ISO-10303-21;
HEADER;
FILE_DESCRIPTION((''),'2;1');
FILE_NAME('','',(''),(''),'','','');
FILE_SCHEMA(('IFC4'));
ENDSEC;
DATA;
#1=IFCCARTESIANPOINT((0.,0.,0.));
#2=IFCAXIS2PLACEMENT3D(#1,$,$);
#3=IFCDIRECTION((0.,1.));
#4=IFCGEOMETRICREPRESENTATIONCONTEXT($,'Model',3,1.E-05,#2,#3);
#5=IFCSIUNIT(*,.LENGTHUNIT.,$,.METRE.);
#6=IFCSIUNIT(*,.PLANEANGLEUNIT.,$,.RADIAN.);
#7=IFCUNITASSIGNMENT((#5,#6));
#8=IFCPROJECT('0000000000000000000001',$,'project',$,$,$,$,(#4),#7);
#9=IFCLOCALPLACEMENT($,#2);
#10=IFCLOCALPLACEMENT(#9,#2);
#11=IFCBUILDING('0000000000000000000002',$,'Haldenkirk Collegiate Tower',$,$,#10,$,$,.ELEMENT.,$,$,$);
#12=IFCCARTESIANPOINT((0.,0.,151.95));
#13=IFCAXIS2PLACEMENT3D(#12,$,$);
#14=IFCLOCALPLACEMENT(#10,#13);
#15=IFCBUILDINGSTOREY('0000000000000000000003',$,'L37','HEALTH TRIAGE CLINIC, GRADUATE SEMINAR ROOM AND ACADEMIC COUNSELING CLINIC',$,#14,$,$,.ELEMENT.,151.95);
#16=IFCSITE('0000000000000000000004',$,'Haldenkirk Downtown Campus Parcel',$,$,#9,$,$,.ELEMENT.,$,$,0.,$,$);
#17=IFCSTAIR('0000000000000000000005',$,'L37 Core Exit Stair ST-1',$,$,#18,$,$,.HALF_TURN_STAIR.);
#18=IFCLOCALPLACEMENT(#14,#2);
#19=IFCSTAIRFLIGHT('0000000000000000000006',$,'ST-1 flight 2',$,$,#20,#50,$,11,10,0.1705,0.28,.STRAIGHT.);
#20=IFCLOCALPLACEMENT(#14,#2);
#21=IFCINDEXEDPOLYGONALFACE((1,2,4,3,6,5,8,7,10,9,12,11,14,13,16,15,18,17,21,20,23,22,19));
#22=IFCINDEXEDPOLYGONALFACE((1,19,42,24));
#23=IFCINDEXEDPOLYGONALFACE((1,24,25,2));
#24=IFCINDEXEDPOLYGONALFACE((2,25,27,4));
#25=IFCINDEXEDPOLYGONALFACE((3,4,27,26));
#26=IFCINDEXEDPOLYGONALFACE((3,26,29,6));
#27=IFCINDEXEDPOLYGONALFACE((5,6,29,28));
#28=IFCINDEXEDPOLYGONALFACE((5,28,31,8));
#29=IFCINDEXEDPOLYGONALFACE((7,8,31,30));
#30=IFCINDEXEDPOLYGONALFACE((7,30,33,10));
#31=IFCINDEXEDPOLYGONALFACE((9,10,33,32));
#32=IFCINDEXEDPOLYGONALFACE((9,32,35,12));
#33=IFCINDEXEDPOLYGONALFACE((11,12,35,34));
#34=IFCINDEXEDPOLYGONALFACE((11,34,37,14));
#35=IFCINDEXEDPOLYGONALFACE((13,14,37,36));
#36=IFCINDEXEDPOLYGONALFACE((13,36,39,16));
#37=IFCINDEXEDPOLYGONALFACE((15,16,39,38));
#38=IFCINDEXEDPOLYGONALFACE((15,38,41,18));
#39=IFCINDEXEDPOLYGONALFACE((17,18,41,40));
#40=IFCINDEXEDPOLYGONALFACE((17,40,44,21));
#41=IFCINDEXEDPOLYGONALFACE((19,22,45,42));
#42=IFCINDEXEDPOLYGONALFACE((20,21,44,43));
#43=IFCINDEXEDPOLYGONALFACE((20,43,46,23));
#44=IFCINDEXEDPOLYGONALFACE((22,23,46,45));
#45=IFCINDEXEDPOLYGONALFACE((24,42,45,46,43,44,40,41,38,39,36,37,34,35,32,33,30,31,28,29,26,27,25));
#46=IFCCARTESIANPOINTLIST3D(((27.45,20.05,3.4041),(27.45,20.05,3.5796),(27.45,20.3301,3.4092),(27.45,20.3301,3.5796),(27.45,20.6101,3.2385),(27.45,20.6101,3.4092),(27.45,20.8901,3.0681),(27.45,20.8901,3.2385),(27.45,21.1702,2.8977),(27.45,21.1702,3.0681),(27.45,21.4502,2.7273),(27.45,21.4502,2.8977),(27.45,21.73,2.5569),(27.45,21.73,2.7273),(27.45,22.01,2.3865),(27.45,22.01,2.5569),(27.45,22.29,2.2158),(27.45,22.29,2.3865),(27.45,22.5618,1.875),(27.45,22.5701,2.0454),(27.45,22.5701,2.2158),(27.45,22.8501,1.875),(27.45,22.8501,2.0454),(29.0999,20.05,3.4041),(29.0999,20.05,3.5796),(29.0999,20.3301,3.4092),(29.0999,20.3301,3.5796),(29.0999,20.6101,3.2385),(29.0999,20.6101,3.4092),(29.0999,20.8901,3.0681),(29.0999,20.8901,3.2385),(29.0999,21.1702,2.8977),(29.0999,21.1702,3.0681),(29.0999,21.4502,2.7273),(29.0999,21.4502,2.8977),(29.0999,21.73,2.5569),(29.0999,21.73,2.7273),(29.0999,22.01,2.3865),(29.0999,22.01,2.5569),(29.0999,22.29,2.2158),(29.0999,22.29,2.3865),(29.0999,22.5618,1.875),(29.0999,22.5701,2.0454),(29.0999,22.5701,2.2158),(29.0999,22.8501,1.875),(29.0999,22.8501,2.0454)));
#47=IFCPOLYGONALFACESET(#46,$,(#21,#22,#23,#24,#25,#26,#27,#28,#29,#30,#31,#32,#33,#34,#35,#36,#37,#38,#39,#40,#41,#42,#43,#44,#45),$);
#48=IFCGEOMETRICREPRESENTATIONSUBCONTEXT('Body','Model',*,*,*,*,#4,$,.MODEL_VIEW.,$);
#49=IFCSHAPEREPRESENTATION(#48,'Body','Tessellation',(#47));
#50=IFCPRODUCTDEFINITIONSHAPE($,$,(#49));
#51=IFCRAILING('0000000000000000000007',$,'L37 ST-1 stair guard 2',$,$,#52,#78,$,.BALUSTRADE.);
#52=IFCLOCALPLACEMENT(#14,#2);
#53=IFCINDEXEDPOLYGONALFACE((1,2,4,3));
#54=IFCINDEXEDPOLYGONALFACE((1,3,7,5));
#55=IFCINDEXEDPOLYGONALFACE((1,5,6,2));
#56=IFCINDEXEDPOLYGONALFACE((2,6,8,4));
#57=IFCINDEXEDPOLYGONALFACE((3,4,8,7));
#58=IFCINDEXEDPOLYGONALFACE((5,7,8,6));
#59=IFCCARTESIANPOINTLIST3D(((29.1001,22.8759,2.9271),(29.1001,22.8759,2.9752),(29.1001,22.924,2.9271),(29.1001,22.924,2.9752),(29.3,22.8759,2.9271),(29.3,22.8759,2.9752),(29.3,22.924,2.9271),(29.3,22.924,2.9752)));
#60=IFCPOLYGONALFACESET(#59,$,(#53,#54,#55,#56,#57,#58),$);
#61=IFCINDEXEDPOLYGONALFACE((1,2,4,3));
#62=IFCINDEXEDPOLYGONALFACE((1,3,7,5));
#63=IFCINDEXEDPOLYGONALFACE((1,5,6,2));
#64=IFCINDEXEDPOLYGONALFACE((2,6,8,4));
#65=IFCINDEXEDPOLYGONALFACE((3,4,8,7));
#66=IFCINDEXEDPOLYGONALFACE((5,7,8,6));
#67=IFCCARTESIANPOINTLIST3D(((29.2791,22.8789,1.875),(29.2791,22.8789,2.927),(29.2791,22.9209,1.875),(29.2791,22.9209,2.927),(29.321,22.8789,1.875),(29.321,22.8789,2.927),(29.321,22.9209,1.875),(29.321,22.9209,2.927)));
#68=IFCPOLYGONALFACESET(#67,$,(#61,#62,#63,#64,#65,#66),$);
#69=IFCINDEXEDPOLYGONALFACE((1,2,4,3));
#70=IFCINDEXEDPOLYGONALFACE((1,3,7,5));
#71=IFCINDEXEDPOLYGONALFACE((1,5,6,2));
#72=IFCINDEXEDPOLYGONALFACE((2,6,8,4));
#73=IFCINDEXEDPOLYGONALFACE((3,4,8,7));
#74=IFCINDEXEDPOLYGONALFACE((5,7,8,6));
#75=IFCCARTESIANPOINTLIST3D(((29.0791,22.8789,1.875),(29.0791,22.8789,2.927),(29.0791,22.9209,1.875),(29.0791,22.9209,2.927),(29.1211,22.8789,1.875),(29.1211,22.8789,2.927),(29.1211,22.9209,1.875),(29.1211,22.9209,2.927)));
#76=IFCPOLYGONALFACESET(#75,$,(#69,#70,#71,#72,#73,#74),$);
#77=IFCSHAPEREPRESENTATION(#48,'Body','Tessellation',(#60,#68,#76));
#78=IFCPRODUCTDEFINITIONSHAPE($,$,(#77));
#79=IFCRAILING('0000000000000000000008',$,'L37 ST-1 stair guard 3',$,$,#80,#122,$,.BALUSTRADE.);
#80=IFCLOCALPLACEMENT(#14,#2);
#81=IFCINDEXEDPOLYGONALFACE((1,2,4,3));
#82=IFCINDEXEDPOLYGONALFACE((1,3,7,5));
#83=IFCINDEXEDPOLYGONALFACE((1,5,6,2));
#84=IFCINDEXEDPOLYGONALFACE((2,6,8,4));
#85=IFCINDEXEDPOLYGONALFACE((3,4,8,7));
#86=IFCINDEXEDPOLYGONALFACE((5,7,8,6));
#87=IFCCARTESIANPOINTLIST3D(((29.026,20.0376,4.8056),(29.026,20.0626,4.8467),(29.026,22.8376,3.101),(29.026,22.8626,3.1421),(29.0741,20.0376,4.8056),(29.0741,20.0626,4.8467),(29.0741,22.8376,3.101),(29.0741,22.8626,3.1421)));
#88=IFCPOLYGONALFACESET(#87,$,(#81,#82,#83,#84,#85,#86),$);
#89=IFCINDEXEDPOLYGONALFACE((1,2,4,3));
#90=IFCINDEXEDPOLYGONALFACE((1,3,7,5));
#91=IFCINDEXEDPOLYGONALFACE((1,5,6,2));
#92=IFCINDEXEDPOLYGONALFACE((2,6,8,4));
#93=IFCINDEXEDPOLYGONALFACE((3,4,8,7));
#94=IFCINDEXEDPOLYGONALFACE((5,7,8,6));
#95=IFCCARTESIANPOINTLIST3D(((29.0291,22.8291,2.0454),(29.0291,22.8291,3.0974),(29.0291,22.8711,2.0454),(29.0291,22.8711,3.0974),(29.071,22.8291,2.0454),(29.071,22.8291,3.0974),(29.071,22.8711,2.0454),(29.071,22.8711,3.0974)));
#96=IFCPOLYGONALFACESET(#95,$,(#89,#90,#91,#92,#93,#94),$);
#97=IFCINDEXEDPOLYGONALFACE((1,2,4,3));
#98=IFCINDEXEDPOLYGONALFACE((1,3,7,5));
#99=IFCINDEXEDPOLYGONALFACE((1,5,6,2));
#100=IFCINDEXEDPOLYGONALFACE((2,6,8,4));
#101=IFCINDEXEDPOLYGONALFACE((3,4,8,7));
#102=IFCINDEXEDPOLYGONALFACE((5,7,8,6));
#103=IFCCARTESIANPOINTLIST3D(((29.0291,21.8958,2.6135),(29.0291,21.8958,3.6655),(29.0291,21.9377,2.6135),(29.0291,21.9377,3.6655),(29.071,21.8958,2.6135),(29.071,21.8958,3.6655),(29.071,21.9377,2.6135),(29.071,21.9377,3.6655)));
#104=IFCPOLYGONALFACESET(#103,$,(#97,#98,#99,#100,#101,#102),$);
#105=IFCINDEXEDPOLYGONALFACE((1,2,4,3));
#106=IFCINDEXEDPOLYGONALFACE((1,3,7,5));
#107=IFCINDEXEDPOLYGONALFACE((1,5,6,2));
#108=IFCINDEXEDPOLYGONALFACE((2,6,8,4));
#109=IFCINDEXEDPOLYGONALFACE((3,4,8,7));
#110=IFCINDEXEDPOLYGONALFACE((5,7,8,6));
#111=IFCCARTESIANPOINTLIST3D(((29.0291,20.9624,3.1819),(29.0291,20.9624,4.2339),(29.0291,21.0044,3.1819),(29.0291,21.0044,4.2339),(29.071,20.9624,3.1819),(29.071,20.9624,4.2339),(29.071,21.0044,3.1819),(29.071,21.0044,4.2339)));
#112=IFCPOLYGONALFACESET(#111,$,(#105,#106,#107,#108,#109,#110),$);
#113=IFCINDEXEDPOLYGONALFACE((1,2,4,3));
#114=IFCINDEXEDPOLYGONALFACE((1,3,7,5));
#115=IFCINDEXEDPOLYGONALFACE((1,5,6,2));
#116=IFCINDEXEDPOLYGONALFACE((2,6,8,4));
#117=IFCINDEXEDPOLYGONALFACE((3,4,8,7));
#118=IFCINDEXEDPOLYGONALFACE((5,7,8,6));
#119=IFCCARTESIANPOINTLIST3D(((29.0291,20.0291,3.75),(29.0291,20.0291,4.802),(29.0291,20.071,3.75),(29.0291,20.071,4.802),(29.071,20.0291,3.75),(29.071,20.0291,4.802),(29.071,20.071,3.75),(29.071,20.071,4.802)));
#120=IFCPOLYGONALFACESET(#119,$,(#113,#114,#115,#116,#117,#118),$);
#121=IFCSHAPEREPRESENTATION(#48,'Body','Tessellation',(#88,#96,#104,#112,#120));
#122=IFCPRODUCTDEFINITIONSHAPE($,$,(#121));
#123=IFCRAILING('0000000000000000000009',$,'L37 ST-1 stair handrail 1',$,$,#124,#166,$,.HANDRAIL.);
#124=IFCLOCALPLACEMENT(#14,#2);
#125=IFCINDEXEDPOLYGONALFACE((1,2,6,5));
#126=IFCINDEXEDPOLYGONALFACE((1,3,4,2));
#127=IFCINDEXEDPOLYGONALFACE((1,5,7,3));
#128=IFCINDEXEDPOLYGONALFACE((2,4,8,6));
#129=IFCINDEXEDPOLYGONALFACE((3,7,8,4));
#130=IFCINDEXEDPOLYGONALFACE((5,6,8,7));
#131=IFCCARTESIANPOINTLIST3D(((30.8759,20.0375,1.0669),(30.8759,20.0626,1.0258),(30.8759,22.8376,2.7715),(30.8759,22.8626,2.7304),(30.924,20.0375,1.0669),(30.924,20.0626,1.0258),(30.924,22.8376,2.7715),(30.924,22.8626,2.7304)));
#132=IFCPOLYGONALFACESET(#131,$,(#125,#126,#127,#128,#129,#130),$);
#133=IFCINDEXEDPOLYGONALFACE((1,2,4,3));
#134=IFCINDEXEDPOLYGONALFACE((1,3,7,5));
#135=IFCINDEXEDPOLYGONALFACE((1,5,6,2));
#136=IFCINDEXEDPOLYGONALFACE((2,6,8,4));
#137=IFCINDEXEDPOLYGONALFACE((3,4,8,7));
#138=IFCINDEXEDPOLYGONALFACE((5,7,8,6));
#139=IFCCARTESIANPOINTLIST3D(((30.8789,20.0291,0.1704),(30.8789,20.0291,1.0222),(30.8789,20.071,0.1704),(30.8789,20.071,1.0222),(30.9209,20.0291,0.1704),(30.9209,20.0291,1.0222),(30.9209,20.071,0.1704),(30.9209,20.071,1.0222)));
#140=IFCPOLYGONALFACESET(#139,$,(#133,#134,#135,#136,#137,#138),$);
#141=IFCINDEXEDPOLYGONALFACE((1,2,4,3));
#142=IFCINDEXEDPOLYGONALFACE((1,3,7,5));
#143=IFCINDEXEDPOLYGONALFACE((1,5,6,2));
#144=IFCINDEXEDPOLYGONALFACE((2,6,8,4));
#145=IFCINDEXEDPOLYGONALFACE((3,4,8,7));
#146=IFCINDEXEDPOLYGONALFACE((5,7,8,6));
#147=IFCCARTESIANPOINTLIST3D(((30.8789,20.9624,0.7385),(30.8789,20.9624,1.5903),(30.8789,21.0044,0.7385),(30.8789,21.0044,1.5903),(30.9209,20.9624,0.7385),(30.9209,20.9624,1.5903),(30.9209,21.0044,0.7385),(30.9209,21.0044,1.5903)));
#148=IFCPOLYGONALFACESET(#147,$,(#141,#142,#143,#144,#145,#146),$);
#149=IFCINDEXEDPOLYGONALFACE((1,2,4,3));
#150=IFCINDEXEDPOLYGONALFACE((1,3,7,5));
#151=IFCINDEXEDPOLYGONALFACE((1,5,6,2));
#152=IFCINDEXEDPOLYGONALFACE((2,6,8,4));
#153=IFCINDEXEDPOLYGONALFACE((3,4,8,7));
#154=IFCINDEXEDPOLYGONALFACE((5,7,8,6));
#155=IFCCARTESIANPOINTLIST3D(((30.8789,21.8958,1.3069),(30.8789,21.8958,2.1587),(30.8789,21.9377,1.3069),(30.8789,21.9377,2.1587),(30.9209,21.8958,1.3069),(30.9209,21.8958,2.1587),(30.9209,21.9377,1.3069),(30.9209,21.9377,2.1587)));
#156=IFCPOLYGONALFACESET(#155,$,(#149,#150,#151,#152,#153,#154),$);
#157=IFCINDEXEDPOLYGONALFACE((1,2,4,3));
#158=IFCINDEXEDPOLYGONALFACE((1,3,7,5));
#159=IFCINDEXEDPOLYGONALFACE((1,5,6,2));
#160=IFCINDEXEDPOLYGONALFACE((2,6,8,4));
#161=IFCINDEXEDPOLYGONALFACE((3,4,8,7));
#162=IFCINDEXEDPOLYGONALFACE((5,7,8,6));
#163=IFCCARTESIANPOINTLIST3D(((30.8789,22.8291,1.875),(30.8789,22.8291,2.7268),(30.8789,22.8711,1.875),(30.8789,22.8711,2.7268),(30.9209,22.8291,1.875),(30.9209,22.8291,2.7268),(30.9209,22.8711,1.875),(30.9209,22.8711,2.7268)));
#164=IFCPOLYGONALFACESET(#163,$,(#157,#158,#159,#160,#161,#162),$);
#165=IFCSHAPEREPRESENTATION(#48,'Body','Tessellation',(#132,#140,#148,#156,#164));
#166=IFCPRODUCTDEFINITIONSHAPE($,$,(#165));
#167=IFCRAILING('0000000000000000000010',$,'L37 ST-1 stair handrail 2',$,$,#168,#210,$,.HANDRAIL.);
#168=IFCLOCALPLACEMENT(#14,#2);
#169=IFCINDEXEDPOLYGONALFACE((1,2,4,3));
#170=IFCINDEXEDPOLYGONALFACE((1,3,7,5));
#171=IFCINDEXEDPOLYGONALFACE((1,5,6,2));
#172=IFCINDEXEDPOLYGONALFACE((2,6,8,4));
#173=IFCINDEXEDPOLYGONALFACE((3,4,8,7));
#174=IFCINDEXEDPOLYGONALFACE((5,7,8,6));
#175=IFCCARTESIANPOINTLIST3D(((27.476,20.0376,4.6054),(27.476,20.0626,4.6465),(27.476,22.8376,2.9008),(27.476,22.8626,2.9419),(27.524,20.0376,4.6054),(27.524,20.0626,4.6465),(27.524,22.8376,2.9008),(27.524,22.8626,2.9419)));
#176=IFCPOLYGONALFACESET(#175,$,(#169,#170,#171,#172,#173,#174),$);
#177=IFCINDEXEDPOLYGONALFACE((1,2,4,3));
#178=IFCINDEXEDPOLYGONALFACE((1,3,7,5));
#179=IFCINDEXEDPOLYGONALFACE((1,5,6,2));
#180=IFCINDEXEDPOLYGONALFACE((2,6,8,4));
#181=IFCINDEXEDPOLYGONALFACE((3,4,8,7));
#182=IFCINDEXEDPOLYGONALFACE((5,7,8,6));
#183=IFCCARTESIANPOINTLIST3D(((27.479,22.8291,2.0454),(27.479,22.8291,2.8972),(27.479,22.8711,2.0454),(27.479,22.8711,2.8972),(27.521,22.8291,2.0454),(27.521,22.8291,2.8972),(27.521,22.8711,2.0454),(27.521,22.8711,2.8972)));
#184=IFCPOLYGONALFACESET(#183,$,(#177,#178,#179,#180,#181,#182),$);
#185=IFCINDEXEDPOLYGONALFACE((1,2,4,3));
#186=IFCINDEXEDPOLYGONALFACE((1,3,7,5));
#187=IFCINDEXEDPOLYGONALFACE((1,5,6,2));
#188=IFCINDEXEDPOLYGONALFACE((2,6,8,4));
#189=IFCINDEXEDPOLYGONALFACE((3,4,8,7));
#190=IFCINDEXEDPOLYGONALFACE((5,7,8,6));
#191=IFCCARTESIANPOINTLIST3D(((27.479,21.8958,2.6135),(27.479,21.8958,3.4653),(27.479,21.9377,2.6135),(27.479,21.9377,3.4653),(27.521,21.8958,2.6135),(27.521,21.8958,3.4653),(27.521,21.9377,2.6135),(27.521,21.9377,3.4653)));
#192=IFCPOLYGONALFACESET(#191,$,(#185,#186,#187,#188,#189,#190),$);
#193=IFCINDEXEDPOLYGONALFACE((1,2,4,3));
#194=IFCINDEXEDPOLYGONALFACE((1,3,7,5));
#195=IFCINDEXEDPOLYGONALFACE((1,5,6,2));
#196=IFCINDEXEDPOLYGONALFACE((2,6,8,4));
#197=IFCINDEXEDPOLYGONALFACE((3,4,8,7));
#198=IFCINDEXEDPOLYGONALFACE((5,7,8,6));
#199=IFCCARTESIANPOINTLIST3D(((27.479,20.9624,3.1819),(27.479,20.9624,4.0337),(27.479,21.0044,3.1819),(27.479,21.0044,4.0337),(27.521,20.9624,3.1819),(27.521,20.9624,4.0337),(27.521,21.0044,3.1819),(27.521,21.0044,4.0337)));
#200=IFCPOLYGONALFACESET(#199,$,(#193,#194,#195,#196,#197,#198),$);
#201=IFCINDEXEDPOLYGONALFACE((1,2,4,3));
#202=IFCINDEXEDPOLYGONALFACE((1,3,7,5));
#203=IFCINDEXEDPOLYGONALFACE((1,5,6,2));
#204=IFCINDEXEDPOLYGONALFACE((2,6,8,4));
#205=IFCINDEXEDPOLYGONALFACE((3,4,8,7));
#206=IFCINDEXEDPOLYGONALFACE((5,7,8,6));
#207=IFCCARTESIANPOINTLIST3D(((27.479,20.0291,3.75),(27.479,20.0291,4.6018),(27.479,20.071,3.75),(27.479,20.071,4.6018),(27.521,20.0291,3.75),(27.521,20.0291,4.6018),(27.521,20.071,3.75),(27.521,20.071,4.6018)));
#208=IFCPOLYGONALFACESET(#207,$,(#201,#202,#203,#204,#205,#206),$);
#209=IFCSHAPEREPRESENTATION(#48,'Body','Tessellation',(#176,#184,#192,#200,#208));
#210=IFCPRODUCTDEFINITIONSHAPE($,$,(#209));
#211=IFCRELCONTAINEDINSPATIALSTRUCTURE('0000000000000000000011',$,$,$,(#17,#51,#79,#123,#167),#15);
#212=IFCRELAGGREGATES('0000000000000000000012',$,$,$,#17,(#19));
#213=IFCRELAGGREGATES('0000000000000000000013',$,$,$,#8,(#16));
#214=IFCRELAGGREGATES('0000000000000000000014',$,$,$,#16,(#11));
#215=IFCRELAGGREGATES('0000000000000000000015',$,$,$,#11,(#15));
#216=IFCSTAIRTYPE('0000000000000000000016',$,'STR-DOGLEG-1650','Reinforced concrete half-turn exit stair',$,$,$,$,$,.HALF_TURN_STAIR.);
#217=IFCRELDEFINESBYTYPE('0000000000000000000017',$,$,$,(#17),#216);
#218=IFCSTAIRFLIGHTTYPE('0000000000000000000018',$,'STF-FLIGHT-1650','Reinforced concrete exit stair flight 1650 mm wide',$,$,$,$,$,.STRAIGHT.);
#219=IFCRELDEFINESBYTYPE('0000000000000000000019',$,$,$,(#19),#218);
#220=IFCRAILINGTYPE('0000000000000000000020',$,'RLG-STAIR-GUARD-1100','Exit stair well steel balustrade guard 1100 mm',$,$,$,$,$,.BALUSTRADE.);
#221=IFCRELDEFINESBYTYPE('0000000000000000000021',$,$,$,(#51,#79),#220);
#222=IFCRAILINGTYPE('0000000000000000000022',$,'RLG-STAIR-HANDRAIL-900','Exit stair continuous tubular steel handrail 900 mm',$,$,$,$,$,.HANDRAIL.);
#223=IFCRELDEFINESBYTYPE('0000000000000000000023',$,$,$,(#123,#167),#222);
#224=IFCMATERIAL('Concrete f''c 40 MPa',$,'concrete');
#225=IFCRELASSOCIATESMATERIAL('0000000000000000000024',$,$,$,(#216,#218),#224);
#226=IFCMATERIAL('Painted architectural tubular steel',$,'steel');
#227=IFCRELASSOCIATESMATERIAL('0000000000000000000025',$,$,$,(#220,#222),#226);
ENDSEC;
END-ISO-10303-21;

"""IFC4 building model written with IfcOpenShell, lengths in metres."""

from ifc_helpers import new_model, si_unit, direction, frame, origin, origin_2d, place, context, subcontext, project, spatial, polyline, rectangle, outline, extrude, material, type_object, element, aggregate, save


model = new_model("IFC4")

# Units and contexts
model_context = context("Model", 3, precision=1e-05, world=origin(), true_north=direction((0.0, 1.0)))
body_context = subcontext(model_context, "Body", "Model", "MODEL_VIEW")
ifc_project = project(units=[si_unit("LENGTHUNIT", "METRE"), si_unit("PLANEANGLEUNIT", "RADIAN")], contexts=[model_context])

# Site, building, storey
site_placement = place(None, origin())
site = spatial("IfcSite", under=ifc_project, at=site_placement, Name="Haldenkirk Downtown Campus Parcel", CompositionType="ELEMENT", RefElevation=0.0)
building_placement = place(site_placement, origin())
building = spatial("IfcBuilding", under=site, at=building_placement, Name="Haldenkirk Collegiate Tower", CompositionType="ELEMENT")
storey_placement = place(building_placement, frame((0.0, 0.0, 151.95)))
storey = spatial("IfcBuildingStorey", under=building, at=storey_placement, Name="L37", Description="HEALTH TRIAGE CLINIC, GRADUATE SEMINAR ROOM AND ACADEMIC COUNSELING CLINIC", CompositionType="ELEMENT", Elevation=151.95)

# Stair, stair flight
ifc_material_1 = material(Name="Concrete f'c 40 MPa", Category="concrete")
stair_type = type_object("IfcStairType", Name="STR-DOGLEG-1650", Description="Reinforced concrete half-turn exit stair", PredefinedType="HALF_TURN_STAIR", material=ifc_material_1)
stair_placement = place(storey_placement, origin())
stair = element("IfcStair", 1, at=stair_placement, inside=storey, type_object=stair_type, Name="L37 Core Exit Stair ST-1", PredefinedType="HALF_TURN_STAIR")
stair_flight_type = type_object("IfcStairFlightType", Name="STF-FLIGHT-1650", Description="Reinforced concrete exit stair flight 1650 mm wide", PredefinedType="STRAIGHT", material=ifc_material_1)
stair_flight_1_placement = place(storey_placement, frame((28.2749, 22.8501, 1.875), z_axis=(0.0, 0.0, 1.0), x_axis=(0.0, -1.0, 0.0)))
stair_flight_1 = element("IfcStairFlight", 2, at=stair_flight_1_placement, type_object=stair_flight_type, Name="ST-1 flight 2", NumberOfRisers=11, NumberOfTreads=10, PredefinedType="STRAIGHT", RiserHeight=0.1705, TreadLength=0.28, context=body_context, shape_type="SweptSolid", body=[
    extrude(outline(polyline([(0.0, 0.0), (0.0, 0.1704), (0.28, 0.1704), (0.28, 0.3408), (0.5601, 0.3408), (0.5601, 0.5115), (0.8401, 0.5115), (0.8401, 0.6819), (1.1201, 0.6819), (1.1201, 0.8523), (1.3999, 0.8523), (1.3999, 1.0227), (1.6799, 1.0227), (1.6799, 1.1931), (1.96, 1.1931), (1.96, 1.3635), (2.24, 1.3635), (2.24, 1.5342), (2.52, 1.5342), (2.52, 1.7046), (2.8, 1.7046), (2.8, 1.875), (2.8, 1.5291), (0.2883, 0.0), (0.0, 0.0)])), frame((0.0, 0.825, 0.0), z_axis=(0.0, -1.0, 0.0), x_axis=(1.0, 0.0, 0.0)), (0.0, 0.0, 1.0), 1.6499),
])
aggregate(stair, [stair_flight_1])

# Railings
ifc_material_2 = material(Name="Painted architectural tubular steel", Category="steel")
railing_type_1 = type_object("IfcRailingType", Name="RLG-STAIR-GUARD-1100", Description="Exit stair well steel balustrade guard 1100 mm", PredefinedType="BALUSTRADE", material=ifc_material_2)
railing_1_placement = place(storey_placement, frame((29.3, 22.8999, 1.875)))
element("IfcRailing", 3, at=railing_1_placement, inside=storey, type_object=railing_type_1, Name="L37 ST-1 stair guard 2", PredefinedType="BALUSTRADE", context=body_context, shape_type="SweptSolid", body=[
    extrude(rectangle(XDim=0.0481, YDim=0.0481, at=origin_2d()), frame((0.0, 0.0, 1.0762), z_axis=(-1.0, 0.0, 0.0), x_axis=(0.0, -1.0, 0.0)), (0.0, 0.0, 1.0), 0.2),
    extrude(rectangle(XDim=0.042, YDim=0.042, at=origin_2d()), origin(), (0.0, 0.0, 1.0), 1.052),
    extrude(rectangle(XDim=0.042, YDim=0.042, at=origin_2d()), frame((-0.2, 0.0, 0.0)), (0.0, 0.0, 1.0), 1.052),
])
railing_2_placement = place(storey_placement, frame((29.05, 22.8501, 2.0454)))
element("IfcRailing", 4, at=railing_2_placement, inside=storey, type_object=railing_type_1, Name="L37 ST-1 stair guard 3", PredefinedType="BALUSTRADE", context=body_context, shape_type="SweptSolid", body=[
    extrude(rectangle(XDim=0.0481, YDim=0.0481, at=origin_2d()), frame((0.0, 0.0, 1.0762), z_axis=(0.0, -0.85417, 0.519994), x_axis=(1.0, 0.0, 0.0)), (0.0, 0.0, 1.0), 3.2781),
    extrude(rectangle(XDim=0.042, YDim=0.042, at=origin_2d()), origin(), (0.0, 0.0, 1.0), 1.052),
    extrude(rectangle(XDim=0.042, YDim=0.042, at=origin_2d()), frame((0.0, -0.9333, 0.5681)), (0.0, 0.0, 1.0), 1.052),
    extrude(rectangle(XDim=0.042, YDim=0.042, at=origin_2d()), frame((0.0, -1.8667, 1.1365)), (0.0, 0.0, 1.0), 1.052),
    extrude(rectangle(XDim=0.042, YDim=0.042, at=origin_2d()), frame((0.0, -2.8, 1.7046)), (0.0, 0.0, 1.0), 1.052),
])
railing_type_2 = type_object("IfcRailingType", Name="RLG-STAIR-HANDRAIL-900", Description="Exit stair continuous tubular steel handrail 900 mm", PredefinedType="HANDRAIL", material=ifc_material_2)
railing_3_placement = place(storey_placement, frame((30.8999, 20.05, 0.1704)))
element("IfcRailing", 5, at=railing_3_placement, inside=storey, type_object=railing_type_2, Name="L37 ST-1 stair handrail 1", PredefinedType="HANDRAIL", context=body_context, shape_type="SweptSolid", body=[
    extrude(rectangle(XDim=0.0481, YDim=0.0481, at=origin_2d()), frame((0.0, 0.0, 0.876), z_axis=(0.0, 0.85417, 0.519994), x_axis=(-1.0, 0.0, 0.0)), (0.0, 0.0, 1.0), 3.2781),
    extrude(rectangle(XDim=0.042, YDim=0.042, at=origin_2d()), origin(), (0.0, 0.0, 1.0), 0.8518),
    extrude(rectangle(XDim=0.042, YDim=0.042, at=origin_2d()), frame((0.0, 0.9333, 0.5681)), (0.0, 0.0, 1.0), 0.8518),
    extrude(rectangle(XDim=0.042, YDim=0.042, at=origin_2d()), frame((0.0, 1.8667, 1.1365)), (0.0, 0.0, 1.0), 0.8518),
    extrude(rectangle(XDim=0.042, YDim=0.042, at=origin_2d()), frame((0.0, 2.8, 1.7046)), (0.0, 0.0, 1.0), 0.8518),
])
railing_4_placement = place(storey_placement, frame((27.5, 22.8501, 2.0454)))
element("IfcRailing", 6, at=railing_4_placement, inside=storey, type_object=railing_type_2, Name="L37 ST-1 stair handrail 2", PredefinedType="HANDRAIL", context=body_context, shape_type="SweptSolid", body=[
    extrude(rectangle(XDim=0.0481, YDim=0.0481, at=origin_2d()), frame((0.0, 0.0, 0.876), z_axis=(0.0, -0.85417, 0.519994), x_axis=(1.0, 0.0, 0.0)), (0.0, 0.0, 1.0), 3.2781),
    extrude(rectangle(XDim=0.042, YDim=0.042, at=origin_2d()), origin(), (0.0, 0.0, 1.0), 0.8518),
    extrude(rectangle(XDim=0.042, YDim=0.042, at=origin_2d()), frame((0.0, -0.9333, 0.5681)), (0.0, 0.0, 1.0), 0.8518),
    extrude(rectangle(XDim=0.042, YDim=0.042, at=origin_2d()), frame((0.0, -1.8667, 1.1365)), (0.0, 0.0, 1.0), 0.8518),
    extrude(rectangle(XDim=0.042, YDim=0.042, at=origin_2d()), frame((0.0, -2.8, 1.7046)), (0.0, 0.0, 1.0), 0.8518),
])

save(model, "model.ifc")
